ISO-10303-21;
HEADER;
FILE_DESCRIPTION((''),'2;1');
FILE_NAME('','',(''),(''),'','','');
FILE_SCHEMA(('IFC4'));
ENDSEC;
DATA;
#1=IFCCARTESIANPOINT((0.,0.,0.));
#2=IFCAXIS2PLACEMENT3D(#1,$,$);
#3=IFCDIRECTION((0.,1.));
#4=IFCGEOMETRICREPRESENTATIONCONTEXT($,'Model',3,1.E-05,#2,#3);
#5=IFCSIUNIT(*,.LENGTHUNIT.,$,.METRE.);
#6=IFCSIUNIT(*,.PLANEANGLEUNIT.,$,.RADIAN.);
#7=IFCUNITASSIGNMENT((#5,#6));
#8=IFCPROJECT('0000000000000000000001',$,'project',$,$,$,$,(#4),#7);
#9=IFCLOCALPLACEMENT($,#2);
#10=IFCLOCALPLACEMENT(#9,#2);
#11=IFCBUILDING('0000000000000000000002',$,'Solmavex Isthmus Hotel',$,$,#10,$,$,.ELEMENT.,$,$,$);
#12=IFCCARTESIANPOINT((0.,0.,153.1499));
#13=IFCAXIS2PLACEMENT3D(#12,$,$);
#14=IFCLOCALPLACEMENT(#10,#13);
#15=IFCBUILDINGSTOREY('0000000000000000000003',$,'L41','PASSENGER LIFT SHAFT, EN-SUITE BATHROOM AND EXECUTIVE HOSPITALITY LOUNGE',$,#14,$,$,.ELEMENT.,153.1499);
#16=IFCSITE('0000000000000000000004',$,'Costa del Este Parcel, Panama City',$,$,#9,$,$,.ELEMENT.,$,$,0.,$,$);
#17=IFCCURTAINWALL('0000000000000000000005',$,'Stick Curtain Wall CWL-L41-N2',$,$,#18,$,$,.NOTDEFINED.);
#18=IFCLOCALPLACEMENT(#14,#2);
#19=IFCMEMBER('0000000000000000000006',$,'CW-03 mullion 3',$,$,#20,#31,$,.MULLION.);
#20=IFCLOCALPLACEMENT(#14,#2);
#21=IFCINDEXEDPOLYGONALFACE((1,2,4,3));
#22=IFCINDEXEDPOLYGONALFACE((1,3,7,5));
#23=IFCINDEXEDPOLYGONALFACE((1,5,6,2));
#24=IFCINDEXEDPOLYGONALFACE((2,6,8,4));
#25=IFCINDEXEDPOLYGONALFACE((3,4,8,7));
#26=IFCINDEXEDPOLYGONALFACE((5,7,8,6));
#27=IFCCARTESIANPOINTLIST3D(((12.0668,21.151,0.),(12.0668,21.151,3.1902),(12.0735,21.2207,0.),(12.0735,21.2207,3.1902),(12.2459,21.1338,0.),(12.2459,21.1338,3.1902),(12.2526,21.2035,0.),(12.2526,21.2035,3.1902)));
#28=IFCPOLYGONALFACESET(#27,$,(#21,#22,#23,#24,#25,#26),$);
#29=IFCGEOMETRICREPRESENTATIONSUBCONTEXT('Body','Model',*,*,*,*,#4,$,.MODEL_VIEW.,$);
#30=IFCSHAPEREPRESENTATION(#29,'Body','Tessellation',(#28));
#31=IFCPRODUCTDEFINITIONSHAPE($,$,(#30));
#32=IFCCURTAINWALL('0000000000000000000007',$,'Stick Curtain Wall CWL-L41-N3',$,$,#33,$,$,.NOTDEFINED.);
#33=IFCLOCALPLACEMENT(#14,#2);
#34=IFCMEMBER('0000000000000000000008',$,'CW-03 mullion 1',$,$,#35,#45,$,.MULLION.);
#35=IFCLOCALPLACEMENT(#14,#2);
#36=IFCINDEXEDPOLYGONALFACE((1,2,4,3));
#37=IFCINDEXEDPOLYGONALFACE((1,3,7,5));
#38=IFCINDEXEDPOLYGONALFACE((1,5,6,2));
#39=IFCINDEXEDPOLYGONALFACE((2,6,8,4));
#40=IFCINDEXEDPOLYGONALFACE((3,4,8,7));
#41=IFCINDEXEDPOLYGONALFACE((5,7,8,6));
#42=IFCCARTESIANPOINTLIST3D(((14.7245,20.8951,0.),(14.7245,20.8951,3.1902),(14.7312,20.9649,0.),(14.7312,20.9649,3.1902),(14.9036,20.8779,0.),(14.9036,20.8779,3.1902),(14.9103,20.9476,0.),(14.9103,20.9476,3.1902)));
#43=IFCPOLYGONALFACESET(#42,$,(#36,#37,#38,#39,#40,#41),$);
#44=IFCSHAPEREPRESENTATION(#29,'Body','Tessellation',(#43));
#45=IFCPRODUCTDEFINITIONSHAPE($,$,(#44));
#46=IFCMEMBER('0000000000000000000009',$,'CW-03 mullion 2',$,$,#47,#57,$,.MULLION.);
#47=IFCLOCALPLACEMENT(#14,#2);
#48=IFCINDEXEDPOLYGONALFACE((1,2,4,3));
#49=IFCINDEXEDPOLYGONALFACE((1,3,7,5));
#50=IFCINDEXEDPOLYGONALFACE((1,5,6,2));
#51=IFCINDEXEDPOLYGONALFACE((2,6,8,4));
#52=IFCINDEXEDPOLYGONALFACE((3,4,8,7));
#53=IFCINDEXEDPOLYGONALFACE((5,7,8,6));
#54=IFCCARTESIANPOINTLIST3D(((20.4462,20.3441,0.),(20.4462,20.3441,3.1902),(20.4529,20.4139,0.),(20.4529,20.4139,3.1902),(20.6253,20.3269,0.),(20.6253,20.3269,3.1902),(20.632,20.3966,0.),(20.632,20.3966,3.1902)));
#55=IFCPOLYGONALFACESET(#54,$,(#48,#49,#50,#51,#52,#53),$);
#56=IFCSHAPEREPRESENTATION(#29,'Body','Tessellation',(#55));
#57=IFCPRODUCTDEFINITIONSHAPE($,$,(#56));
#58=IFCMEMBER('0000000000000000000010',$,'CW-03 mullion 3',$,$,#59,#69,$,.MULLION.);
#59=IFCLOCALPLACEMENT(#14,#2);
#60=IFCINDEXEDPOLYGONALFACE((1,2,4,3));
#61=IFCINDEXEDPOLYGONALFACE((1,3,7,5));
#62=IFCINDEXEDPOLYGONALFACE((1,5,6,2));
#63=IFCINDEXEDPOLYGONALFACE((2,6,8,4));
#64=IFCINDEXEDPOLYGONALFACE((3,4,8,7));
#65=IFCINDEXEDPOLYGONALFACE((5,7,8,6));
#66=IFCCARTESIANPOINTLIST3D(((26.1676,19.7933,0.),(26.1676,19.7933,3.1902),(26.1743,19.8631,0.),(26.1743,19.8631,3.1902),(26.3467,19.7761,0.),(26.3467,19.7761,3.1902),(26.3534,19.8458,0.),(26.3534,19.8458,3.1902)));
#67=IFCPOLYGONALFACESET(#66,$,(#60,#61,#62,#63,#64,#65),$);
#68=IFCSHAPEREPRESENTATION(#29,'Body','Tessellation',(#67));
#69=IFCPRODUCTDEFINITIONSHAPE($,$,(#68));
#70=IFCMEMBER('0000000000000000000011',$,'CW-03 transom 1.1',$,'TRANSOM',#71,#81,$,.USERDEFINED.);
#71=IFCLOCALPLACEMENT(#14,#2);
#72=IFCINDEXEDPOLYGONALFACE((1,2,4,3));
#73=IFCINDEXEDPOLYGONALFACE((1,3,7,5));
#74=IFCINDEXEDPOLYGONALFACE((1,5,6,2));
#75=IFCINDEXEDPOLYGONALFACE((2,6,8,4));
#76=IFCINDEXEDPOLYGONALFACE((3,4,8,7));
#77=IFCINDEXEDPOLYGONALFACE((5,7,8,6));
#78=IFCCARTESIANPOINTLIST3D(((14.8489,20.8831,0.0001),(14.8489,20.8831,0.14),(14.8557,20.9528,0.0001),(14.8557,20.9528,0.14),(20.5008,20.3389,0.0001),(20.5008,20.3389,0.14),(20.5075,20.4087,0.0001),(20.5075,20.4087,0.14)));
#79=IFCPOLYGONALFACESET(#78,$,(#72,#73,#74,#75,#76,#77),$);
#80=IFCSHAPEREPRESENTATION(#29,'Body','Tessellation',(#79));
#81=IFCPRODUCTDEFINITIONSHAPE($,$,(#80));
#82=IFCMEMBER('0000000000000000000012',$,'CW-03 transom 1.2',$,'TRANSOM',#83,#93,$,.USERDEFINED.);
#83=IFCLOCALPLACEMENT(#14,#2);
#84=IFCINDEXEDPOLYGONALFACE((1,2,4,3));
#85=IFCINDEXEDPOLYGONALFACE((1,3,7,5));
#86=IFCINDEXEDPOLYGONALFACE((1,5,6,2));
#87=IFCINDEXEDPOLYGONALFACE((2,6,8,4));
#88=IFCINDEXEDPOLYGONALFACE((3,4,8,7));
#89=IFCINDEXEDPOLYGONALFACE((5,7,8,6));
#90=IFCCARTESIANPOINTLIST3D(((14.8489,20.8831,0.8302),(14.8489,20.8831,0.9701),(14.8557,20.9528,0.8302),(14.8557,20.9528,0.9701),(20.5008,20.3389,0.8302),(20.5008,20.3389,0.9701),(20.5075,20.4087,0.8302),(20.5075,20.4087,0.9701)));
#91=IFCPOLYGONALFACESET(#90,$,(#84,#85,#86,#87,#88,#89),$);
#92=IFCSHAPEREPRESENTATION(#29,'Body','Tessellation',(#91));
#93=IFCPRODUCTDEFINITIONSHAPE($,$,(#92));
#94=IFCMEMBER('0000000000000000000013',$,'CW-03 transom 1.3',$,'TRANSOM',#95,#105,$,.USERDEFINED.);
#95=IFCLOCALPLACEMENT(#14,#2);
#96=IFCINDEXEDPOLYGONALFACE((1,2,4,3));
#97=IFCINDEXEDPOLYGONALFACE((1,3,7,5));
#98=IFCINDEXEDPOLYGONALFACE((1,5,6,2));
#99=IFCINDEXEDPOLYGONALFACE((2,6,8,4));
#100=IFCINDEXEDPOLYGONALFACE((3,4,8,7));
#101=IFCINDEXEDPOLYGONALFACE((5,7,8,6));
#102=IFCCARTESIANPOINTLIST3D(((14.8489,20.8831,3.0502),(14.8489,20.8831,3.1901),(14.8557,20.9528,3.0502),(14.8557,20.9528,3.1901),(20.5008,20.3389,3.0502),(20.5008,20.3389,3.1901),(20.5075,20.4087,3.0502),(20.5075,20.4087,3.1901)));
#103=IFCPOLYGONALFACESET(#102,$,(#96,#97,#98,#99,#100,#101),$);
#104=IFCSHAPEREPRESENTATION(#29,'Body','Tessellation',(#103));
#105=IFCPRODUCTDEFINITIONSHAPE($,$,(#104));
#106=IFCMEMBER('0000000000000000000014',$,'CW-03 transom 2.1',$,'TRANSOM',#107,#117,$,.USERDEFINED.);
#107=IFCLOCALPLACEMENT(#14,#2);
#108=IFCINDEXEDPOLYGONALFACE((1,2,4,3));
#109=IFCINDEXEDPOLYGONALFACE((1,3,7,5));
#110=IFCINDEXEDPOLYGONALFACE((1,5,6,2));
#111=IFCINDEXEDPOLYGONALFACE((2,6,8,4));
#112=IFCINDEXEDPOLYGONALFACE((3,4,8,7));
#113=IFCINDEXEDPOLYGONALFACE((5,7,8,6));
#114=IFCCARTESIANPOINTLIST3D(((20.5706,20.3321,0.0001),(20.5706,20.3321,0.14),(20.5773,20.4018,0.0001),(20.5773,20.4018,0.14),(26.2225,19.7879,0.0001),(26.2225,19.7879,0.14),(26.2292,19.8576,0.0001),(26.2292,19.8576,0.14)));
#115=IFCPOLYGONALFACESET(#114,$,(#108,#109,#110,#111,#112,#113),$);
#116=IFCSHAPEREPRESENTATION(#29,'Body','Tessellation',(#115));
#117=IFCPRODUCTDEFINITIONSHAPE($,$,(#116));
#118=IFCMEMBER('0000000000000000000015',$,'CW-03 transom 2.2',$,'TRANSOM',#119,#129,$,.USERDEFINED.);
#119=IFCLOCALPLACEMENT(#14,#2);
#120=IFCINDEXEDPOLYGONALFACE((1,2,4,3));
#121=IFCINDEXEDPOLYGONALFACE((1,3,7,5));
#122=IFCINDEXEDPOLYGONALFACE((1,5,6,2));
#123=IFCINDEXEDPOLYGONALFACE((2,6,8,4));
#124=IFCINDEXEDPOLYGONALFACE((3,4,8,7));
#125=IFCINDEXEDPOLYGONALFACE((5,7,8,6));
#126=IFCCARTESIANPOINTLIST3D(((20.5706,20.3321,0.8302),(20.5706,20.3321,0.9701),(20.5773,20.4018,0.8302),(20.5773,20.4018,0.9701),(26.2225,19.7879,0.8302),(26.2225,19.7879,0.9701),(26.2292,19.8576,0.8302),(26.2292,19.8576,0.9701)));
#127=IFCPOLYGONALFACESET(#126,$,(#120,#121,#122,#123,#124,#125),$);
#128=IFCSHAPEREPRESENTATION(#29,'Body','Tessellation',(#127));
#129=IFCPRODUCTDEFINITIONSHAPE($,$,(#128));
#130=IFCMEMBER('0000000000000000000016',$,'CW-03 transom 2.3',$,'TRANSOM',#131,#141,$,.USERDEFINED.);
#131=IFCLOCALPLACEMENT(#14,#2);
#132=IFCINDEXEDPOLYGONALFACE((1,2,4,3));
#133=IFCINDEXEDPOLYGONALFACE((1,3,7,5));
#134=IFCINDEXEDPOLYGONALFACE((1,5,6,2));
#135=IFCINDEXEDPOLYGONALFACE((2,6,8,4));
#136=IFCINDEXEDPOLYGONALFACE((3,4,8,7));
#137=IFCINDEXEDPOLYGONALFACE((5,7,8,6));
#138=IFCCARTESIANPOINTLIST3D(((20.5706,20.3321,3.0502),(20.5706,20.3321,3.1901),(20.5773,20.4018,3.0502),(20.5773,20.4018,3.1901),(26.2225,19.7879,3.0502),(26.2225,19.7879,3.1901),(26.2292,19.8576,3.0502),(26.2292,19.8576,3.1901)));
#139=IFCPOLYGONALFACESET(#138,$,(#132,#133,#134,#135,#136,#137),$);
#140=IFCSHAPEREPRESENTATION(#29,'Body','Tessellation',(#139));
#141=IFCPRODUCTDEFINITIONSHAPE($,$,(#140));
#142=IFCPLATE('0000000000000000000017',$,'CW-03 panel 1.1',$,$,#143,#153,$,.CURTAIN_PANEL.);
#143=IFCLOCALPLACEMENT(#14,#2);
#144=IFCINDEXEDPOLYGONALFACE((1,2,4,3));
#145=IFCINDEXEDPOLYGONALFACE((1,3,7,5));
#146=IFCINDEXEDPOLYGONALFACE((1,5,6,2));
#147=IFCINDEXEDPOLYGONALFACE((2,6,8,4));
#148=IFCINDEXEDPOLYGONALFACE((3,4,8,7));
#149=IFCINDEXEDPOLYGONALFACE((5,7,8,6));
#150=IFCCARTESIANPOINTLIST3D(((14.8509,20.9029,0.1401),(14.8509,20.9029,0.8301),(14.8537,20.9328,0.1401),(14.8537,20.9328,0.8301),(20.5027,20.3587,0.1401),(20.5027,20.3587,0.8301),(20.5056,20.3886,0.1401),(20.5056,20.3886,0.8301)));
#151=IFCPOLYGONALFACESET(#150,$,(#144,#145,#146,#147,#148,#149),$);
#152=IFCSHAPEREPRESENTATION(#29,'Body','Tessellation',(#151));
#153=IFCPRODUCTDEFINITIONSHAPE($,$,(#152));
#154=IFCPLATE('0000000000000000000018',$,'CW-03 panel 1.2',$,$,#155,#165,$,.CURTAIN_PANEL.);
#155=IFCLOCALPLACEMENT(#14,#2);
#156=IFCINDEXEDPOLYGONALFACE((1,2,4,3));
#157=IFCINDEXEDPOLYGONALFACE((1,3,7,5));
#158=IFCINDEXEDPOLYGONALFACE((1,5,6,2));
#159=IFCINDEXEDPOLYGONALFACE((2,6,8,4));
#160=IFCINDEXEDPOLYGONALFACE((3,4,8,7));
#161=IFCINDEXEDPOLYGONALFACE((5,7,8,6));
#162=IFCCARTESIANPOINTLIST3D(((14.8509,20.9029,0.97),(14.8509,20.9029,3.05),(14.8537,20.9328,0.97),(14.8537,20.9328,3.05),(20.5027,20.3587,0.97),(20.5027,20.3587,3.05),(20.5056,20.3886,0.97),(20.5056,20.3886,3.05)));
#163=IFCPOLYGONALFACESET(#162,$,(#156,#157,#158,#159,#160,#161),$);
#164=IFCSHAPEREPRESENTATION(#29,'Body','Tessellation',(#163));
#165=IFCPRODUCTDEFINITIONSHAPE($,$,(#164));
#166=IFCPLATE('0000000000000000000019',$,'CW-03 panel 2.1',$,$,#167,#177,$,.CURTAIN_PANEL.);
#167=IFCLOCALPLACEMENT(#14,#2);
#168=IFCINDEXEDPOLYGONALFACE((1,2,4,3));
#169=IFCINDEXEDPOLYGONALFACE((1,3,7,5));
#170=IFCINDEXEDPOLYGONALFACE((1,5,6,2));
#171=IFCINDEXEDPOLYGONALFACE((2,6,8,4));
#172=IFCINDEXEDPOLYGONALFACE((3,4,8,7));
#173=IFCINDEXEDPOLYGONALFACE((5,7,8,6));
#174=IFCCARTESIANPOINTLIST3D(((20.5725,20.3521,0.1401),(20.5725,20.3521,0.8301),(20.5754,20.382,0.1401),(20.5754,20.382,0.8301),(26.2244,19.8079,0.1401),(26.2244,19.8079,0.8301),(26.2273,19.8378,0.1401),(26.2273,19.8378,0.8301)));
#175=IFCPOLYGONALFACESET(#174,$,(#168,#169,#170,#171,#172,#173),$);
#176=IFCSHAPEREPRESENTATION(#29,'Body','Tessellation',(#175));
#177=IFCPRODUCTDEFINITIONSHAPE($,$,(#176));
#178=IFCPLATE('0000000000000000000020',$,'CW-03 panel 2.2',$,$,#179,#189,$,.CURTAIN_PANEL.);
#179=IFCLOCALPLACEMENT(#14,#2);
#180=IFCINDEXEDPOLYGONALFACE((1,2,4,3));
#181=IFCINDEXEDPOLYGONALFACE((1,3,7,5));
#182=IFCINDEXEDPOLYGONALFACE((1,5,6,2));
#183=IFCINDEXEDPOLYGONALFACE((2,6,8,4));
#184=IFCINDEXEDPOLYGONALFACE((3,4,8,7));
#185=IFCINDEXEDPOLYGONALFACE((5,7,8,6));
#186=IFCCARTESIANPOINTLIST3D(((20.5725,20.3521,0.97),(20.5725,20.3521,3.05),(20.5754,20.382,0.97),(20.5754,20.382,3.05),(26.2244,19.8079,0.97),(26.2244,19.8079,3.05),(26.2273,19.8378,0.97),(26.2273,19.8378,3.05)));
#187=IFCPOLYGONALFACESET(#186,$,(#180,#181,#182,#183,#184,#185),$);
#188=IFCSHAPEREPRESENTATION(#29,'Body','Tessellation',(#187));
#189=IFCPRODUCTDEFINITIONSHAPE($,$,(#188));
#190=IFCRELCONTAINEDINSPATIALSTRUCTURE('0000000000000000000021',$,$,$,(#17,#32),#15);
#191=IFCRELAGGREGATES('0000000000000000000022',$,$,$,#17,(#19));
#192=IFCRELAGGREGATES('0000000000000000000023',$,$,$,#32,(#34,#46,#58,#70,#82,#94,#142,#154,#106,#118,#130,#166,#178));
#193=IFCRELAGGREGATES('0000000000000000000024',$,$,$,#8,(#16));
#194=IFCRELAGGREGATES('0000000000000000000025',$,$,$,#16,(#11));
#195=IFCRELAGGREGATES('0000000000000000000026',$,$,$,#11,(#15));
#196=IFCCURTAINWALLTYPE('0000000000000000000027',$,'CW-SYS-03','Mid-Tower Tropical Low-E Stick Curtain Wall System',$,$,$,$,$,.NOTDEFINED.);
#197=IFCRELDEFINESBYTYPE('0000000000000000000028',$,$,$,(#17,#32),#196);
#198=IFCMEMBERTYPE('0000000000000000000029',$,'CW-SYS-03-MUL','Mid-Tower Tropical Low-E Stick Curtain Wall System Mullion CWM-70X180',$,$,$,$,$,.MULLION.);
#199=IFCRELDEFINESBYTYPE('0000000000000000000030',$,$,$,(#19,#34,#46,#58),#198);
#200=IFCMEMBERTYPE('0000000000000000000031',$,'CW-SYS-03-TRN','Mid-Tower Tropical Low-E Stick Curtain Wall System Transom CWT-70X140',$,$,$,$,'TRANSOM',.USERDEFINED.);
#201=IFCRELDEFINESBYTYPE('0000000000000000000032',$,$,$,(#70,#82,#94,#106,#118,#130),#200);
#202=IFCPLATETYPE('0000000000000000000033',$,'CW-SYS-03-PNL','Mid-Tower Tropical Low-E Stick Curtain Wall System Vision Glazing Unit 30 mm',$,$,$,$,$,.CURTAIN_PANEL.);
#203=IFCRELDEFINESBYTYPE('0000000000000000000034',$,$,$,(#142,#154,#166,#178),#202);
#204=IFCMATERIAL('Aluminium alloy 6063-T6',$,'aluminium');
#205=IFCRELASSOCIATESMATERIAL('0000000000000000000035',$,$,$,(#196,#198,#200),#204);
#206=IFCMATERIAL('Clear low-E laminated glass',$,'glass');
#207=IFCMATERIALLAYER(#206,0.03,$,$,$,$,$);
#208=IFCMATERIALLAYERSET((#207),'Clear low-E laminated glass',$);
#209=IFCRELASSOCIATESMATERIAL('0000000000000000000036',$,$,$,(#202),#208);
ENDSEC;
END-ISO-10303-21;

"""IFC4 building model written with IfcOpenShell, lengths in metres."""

from ifc_helpers import new_model, si_unit, direction, frame, origin, origin_2d, place, context, subcontext, project, spatial, rectangle, extrude, material, layer, layer_set, material_profile, profile_set, type_object, element, aggregate, save


model = new_model("IFC4")

# Units and contexts
model_context = context("Model", 3, precision=1e-05, world=origin(), true_north=direction((0.0, 1.0)))
body_context = subcontext(model_context, "Body", "Model", "MODEL_VIEW")
ifc_project = project(units=[si_unit("LENGTHUNIT", "METRE"), si_unit("PLANEANGLEUNIT", "RADIAN")], contexts=[model_context])

# Site, building, storey
site_placement = place(None, origin())
site = spatial("IfcSite", under=ifc_project, at=site_placement, Name="Costa del Este Parcel, Panama City", CompositionType="ELEMENT", RefElevation=0.0)
building_placement = place(site_placement, origin())
building = spatial("IfcBuilding", under=site, at=building_placement, Name="Solmavex Isthmus Hotel", CompositionType="ELEMENT")
storey_placement = place(building_placement, frame((0.0, 0.0, 153.1499)))
storey = spatial("IfcBuildingStorey", under=building, at=storey_placement, Name="L41", Description="PASSENGER LIFT SHAFT, EN-SUITE BATHROOM AND EXECUTIVE HOSPITALITY LOUNGE", CompositionType="ELEMENT", Elevation=153.1499)

# Curtain wall, member
ifc_material_1 = material(Name="Aluminium alloy 6063-T6", Category="aluminium")
curtain_wall_type = type_object("IfcCurtainWallType", Name="CW-SYS-03", Description="Mid-Tower Tropical Low-E Stick Curtain Wall System", PredefinedType="NOTDEFINED", material=ifc_material_1)
curtain_wall_1_placement = place(storey_placement, origin())
curtain_wall_1 = element("IfcCurtainWall", 1, at=curtain_wall_1_placement, inside=storey, type_object=curtain_wall_type, Name="Stick Curtain Wall CWL-L41-N2", PredefinedType="NOTDEFINED")
ifc_material_profile_1 = material_profile(ifc_material_1, rectangle(XDim=0.0701, YDim=0.1799, at=origin_2d()), Name="CWM-70X180")
ifc_profile_set_1 = profile_set([ifc_material_profile_1], Name="Aluminium alloy 6063-T6")
member_type_1 = type_object("IfcMemberType", Name="CW-SYS-03-MUL", Description="Mid-Tower Tropical Low-E Stick Curtain Wall System Mullion CWM-70X180", PredefinedType="MULLION", material=ifc_profile_set_1)
member_1_placement = place(storey_placement, frame((12.1597, 21.1772, 0.0), z_axis=(0.0, 0.0, 1.0), x_axis=(0.095845, 0.995396, 0.0)))
member_1 = element("IfcMember", 2, at=member_1_placement, type_object=member_type_1, Name="CW-03 mullion 3", PredefinedType="MULLION", context=body_context, shape_type="SweptSolid", body=[
    extrude(rectangle(XDim=0.0701, YDim=0.1799, at=origin_2d()), origin(), (0.0, 0.0, 1.0), 3.1902),
])
aggregate(curtain_wall_1, [member_1])

# Curtain wall, members, plates
curtain_wall_2_placement = place(storey_placement, origin())
curtain_wall_2 = element("IfcCurtainWall", 3, at=curtain_wall_2_placement, inside=storey, type_object=curtain_wall_type, Name="Stick Curtain Wall CWL-L41-N3", PredefinedType="NOTDEFINED")
member_2_placement = place(storey_placement, frame((14.8174, 20.9214, 0.0), z_axis=(0.0, 0.0, 1.0), x_axis=(0.095846, 0.995396, 0.0)))
member_2 = element("IfcMember", 4, at=member_2_placement, type_object=member_type_1, Name="CW-03 mullion 1", PredefinedType="MULLION", context=body_context, shape_type="SweptSolid", body=[
    extrude(rectangle(XDim=0.0701, YDim=0.1799, at=origin_2d()), origin(), (0.0, 0.0, 1.0), 3.1902),
])
member_3_placement = place(storey_placement, frame((20.5391, 20.3704, 0.0), z_axis=(0.0, 0.0, 1.0), x_axis=(0.095846, 0.995396, 0.0)))
member_3 = element("IfcMember", 5, at=member_3_placement, type_object=member_type_1, Name="CW-03 mullion 2", PredefinedType="MULLION", context=body_context, shape_type="SweptSolid", body=[
    extrude(rectangle(XDim=0.0701, YDim=0.1799, at=origin_2d()), origin(), (0.0, 0.0, 1.0), 3.1902),
])
member_4_placement = place(storey_placement, frame((26.2605, 19.8196, 0.0), z_axis=(0.0, 0.0, 1.0), x_axis=(0.095846, 0.995396, 0.0)))
member_4 = element("IfcMember", 6, at=member_4_placement, type_object=member_type_1, Name="CW-03 mullion 3", PredefinedType="MULLION", context=body_context, shape_type="SweptSolid", body=[
    extrude(rectangle(XDim=0.0701, YDim=0.1799, at=origin_2d()), origin(), (0.0, 0.0, 1.0), 3.1902),
])
ifc_material_profile_2 = material_profile(ifc_material_1, rectangle(XDim=0.0701, YDim=0.1399, at=origin_2d()), Name="CWT-70X140")
ifc_profile_set_2 = profile_set([ifc_material_profile_2], Name="Aluminium alloy 6063-T6")
member_type_2 = type_object("IfcMemberType", Name="CW-SYS-03-TRN", Description="Mid-Tower Tropical Low-E Stick Curtain Wall System Transom CWT-70X140", ElementType="TRANSOM", PredefinedType="USERDEFINED", material=ifc_profile_set_2)
member_5_placement = place(storey_placement, frame((14.8523, 20.918, 0.0701), z_axis=(0.995397, -0.095842, 0.0), x_axis=(0.095842, 0.995397, 0.0)))
member_5 = element("IfcMember", 7, at=member_5_placement, type_object=member_type_2, Name="CW-03 transom 1.1", ObjectType="TRANSOM", PredefinedType="USERDEFINED", context=body_context, shape_type="SweptSolid", body=[
    extrude(rectangle(XDim=0.0701, YDim=0.1399, at=origin_2d()), origin(), (0.0, 0.0, 1.0), 5.678),
])
member_6_placement = place(storey_placement, frame((14.8523, 20.918, 0.9001), z_axis=(0.995397, -0.095842, 0.0), x_axis=(0.095842, 0.995397, 0.0)))
member_6 = element("IfcMember", 8, at=member_6_placement, type_object=member_type_2, Name="CW-03 transom 1.2", ObjectType="TRANSOM", PredefinedType="USERDEFINED", context=body_context, shape_type="SweptSolid", body=[
    extrude(rectangle(XDim=0.0701, YDim=0.1399, at=origin_2d()), origin(), (0.0, 0.0, 1.0), 5.678),
])
member_7_placement = place(storey_placement, frame((14.8523, 20.918, 3.1201), z_axis=(0.995397, -0.095842, 0.0), x_axis=(0.095842, 0.995397, 0.0)))
member_7 = element("IfcMember", 9, at=member_7_placement, type_object=member_type_2, Name="CW-03 transom 1.3", ObjectType="TRANSOM", PredefinedType="USERDEFINED", context=body_context, shape_type="SweptSolid", body=[
    extrude(rectangle(XDim=0.0701, YDim=0.1399, at=origin_2d()), origin(), (0.0, 0.0, 1.0), 5.678),
])
member_8_placement = place(storey_placement, frame((20.574, 20.3669, 0.0701), z_axis=(0.995397, -0.095842, 0.0), x_axis=(0.095842, 0.995397, 0.0)))
member_8 = element("IfcMember", 10, at=member_8_placement, type_object=member_type_2, Name="CW-03 transom 2.1", ObjectType="TRANSOM", PredefinedType="USERDEFINED", context=body_context, shape_type="SweptSolid", body=[
    extrude(rectangle(XDim=0.0701, YDim=0.1399, at=origin_2d()), origin(), (0.0, 0.0, 1.0), 5.678),
])
member_9_placement = place(storey_placement, frame((20.574, 20.3669, 0.9001), z_axis=(0.995397, -0.095842, 0.0), x_axis=(0.095842, 0.995397, 0.0)))
member_9 = element("IfcMember", 11, at=member_9_placement, type_object=member_type_2, Name="CW-03 transom 2.2", ObjectType="TRANSOM", PredefinedType="USERDEFINED", context=body_context, shape_type="SweptSolid", body=[
    extrude(rectangle(XDim=0.0701, YDim=0.1399, at=origin_2d()), origin(), (0.0, 0.0, 1.0), 5.678),
])
member_10_placement = place(storey_placement, frame((20.574, 20.3669, 3.1201), z_axis=(0.995397, -0.095842, 0.0), x_axis=(0.095842, 0.995397, 0.0)))
member_10 = element("IfcMember", 12, at=member_10_placement, type_object=member_type_2, Name="CW-03 transom 2.3", ObjectType="TRANSOM", PredefinedType="USERDEFINED", context=body_context, shape_type="SweptSolid", body=[
    extrude(rectangle(XDim=0.0701, YDim=0.1399, at=origin_2d()), origin(), (0.0, 0.0, 1.0), 5.678),
])
ifc_material_2 = material(Name="Clear low-E laminated glass", Category="glass")
ifc_layer_1 = layer(ifc_material_2, 0.03)
ifc_layer_set_1 = layer_set([ifc_layer_1], Name="Clear low-E laminated glass")
plate_type = type_object("IfcPlateType", Name="CW-SYS-03-PNL", Description="Mid-Tower Tropical Low-E Stick Curtain Wall System Vision Glazing Unit 30 mm", PredefinedType="CURTAIN_PANEL", material=ifc_layer_set_1)
plate_1_placement = place(storey_placement, frame((17.6782, 20.6458, 0.1401), z_axis=(0.0, 0.0, 1.0), x_axis=(0.995396, -0.095846, 0.0)))
plate_1 = element("IfcPlate", 13, at=plate_1_placement, type_object=plate_type, Name="CW-03 panel 1.1", PredefinedType="CURTAIN_PANEL", context=body_context, shape_type="SweptSolid", body=[
    extrude(rectangle(XDim=5.678, YDim=0.03, at=origin_2d()), origin(), (0.0, 0.0, 1.0), 0.6899),
])
plate_2_placement = place(storey_placement, frame((17.6782, 20.6458, 0.97), z_axis=(0.0, 0.0, 1.0), x_axis=(0.995396, -0.095846, 0.0)))
plate_2 = element("IfcPlate", 14, at=plate_2_placement, type_object=plate_type, Name="CW-03 panel 1.2", PredefinedType="CURTAIN_PANEL", context=body_context, shape_type="SweptSolid", body=[
    extrude(rectangle(XDim=5.678, YDim=0.03, at=origin_2d()), origin(), (0.0, 0.0, 1.0), 2.0801),
])
plate_3_placement = place(storey_placement, frame((23.3999, 20.095, 0.1401), z_axis=(0.0, 0.0, 1.0), x_axis=(0.995396, -0.095846, 0.0)))
plate_3 = element("IfcPlate", 15, at=plate_3_placement, type_object=plate_type, Name="CW-03 panel 2.1", PredefinedType="CURTAIN_PANEL", context=body_context, shape_type="SweptSolid", body=[
    extrude(rectangle(XDim=5.678, YDim=0.03, at=origin_2d()), origin(), (0.0, 0.0, 1.0), 0.6899),
])
plate_4_placement = place(storey_placement, frame((23.3999, 20.095, 0.97), z_axis=(0.0, 0.0, 1.0), x_axis=(0.995396, -0.095846, 0.0)))
plate_4 = element("IfcPlate", 16, at=plate_4_placement, type_object=plate_type, Name="CW-03 panel 2.2", PredefinedType="CURTAIN_PANEL", context=body_context, shape_type="SweptSolid", body=[
    extrude(rectangle(XDim=5.678, YDim=0.03, at=origin_2d()), origin(), (0.0, 0.0, 1.0), 2.0801),
])
aggregate(curtain_wall_2, [member_2, member_3, member_4, member_5, member_6, member_7, plate_1, plate_2, member_8, member_9, member_10, plate_3, plate_4])

save(model, "model.ifc")
